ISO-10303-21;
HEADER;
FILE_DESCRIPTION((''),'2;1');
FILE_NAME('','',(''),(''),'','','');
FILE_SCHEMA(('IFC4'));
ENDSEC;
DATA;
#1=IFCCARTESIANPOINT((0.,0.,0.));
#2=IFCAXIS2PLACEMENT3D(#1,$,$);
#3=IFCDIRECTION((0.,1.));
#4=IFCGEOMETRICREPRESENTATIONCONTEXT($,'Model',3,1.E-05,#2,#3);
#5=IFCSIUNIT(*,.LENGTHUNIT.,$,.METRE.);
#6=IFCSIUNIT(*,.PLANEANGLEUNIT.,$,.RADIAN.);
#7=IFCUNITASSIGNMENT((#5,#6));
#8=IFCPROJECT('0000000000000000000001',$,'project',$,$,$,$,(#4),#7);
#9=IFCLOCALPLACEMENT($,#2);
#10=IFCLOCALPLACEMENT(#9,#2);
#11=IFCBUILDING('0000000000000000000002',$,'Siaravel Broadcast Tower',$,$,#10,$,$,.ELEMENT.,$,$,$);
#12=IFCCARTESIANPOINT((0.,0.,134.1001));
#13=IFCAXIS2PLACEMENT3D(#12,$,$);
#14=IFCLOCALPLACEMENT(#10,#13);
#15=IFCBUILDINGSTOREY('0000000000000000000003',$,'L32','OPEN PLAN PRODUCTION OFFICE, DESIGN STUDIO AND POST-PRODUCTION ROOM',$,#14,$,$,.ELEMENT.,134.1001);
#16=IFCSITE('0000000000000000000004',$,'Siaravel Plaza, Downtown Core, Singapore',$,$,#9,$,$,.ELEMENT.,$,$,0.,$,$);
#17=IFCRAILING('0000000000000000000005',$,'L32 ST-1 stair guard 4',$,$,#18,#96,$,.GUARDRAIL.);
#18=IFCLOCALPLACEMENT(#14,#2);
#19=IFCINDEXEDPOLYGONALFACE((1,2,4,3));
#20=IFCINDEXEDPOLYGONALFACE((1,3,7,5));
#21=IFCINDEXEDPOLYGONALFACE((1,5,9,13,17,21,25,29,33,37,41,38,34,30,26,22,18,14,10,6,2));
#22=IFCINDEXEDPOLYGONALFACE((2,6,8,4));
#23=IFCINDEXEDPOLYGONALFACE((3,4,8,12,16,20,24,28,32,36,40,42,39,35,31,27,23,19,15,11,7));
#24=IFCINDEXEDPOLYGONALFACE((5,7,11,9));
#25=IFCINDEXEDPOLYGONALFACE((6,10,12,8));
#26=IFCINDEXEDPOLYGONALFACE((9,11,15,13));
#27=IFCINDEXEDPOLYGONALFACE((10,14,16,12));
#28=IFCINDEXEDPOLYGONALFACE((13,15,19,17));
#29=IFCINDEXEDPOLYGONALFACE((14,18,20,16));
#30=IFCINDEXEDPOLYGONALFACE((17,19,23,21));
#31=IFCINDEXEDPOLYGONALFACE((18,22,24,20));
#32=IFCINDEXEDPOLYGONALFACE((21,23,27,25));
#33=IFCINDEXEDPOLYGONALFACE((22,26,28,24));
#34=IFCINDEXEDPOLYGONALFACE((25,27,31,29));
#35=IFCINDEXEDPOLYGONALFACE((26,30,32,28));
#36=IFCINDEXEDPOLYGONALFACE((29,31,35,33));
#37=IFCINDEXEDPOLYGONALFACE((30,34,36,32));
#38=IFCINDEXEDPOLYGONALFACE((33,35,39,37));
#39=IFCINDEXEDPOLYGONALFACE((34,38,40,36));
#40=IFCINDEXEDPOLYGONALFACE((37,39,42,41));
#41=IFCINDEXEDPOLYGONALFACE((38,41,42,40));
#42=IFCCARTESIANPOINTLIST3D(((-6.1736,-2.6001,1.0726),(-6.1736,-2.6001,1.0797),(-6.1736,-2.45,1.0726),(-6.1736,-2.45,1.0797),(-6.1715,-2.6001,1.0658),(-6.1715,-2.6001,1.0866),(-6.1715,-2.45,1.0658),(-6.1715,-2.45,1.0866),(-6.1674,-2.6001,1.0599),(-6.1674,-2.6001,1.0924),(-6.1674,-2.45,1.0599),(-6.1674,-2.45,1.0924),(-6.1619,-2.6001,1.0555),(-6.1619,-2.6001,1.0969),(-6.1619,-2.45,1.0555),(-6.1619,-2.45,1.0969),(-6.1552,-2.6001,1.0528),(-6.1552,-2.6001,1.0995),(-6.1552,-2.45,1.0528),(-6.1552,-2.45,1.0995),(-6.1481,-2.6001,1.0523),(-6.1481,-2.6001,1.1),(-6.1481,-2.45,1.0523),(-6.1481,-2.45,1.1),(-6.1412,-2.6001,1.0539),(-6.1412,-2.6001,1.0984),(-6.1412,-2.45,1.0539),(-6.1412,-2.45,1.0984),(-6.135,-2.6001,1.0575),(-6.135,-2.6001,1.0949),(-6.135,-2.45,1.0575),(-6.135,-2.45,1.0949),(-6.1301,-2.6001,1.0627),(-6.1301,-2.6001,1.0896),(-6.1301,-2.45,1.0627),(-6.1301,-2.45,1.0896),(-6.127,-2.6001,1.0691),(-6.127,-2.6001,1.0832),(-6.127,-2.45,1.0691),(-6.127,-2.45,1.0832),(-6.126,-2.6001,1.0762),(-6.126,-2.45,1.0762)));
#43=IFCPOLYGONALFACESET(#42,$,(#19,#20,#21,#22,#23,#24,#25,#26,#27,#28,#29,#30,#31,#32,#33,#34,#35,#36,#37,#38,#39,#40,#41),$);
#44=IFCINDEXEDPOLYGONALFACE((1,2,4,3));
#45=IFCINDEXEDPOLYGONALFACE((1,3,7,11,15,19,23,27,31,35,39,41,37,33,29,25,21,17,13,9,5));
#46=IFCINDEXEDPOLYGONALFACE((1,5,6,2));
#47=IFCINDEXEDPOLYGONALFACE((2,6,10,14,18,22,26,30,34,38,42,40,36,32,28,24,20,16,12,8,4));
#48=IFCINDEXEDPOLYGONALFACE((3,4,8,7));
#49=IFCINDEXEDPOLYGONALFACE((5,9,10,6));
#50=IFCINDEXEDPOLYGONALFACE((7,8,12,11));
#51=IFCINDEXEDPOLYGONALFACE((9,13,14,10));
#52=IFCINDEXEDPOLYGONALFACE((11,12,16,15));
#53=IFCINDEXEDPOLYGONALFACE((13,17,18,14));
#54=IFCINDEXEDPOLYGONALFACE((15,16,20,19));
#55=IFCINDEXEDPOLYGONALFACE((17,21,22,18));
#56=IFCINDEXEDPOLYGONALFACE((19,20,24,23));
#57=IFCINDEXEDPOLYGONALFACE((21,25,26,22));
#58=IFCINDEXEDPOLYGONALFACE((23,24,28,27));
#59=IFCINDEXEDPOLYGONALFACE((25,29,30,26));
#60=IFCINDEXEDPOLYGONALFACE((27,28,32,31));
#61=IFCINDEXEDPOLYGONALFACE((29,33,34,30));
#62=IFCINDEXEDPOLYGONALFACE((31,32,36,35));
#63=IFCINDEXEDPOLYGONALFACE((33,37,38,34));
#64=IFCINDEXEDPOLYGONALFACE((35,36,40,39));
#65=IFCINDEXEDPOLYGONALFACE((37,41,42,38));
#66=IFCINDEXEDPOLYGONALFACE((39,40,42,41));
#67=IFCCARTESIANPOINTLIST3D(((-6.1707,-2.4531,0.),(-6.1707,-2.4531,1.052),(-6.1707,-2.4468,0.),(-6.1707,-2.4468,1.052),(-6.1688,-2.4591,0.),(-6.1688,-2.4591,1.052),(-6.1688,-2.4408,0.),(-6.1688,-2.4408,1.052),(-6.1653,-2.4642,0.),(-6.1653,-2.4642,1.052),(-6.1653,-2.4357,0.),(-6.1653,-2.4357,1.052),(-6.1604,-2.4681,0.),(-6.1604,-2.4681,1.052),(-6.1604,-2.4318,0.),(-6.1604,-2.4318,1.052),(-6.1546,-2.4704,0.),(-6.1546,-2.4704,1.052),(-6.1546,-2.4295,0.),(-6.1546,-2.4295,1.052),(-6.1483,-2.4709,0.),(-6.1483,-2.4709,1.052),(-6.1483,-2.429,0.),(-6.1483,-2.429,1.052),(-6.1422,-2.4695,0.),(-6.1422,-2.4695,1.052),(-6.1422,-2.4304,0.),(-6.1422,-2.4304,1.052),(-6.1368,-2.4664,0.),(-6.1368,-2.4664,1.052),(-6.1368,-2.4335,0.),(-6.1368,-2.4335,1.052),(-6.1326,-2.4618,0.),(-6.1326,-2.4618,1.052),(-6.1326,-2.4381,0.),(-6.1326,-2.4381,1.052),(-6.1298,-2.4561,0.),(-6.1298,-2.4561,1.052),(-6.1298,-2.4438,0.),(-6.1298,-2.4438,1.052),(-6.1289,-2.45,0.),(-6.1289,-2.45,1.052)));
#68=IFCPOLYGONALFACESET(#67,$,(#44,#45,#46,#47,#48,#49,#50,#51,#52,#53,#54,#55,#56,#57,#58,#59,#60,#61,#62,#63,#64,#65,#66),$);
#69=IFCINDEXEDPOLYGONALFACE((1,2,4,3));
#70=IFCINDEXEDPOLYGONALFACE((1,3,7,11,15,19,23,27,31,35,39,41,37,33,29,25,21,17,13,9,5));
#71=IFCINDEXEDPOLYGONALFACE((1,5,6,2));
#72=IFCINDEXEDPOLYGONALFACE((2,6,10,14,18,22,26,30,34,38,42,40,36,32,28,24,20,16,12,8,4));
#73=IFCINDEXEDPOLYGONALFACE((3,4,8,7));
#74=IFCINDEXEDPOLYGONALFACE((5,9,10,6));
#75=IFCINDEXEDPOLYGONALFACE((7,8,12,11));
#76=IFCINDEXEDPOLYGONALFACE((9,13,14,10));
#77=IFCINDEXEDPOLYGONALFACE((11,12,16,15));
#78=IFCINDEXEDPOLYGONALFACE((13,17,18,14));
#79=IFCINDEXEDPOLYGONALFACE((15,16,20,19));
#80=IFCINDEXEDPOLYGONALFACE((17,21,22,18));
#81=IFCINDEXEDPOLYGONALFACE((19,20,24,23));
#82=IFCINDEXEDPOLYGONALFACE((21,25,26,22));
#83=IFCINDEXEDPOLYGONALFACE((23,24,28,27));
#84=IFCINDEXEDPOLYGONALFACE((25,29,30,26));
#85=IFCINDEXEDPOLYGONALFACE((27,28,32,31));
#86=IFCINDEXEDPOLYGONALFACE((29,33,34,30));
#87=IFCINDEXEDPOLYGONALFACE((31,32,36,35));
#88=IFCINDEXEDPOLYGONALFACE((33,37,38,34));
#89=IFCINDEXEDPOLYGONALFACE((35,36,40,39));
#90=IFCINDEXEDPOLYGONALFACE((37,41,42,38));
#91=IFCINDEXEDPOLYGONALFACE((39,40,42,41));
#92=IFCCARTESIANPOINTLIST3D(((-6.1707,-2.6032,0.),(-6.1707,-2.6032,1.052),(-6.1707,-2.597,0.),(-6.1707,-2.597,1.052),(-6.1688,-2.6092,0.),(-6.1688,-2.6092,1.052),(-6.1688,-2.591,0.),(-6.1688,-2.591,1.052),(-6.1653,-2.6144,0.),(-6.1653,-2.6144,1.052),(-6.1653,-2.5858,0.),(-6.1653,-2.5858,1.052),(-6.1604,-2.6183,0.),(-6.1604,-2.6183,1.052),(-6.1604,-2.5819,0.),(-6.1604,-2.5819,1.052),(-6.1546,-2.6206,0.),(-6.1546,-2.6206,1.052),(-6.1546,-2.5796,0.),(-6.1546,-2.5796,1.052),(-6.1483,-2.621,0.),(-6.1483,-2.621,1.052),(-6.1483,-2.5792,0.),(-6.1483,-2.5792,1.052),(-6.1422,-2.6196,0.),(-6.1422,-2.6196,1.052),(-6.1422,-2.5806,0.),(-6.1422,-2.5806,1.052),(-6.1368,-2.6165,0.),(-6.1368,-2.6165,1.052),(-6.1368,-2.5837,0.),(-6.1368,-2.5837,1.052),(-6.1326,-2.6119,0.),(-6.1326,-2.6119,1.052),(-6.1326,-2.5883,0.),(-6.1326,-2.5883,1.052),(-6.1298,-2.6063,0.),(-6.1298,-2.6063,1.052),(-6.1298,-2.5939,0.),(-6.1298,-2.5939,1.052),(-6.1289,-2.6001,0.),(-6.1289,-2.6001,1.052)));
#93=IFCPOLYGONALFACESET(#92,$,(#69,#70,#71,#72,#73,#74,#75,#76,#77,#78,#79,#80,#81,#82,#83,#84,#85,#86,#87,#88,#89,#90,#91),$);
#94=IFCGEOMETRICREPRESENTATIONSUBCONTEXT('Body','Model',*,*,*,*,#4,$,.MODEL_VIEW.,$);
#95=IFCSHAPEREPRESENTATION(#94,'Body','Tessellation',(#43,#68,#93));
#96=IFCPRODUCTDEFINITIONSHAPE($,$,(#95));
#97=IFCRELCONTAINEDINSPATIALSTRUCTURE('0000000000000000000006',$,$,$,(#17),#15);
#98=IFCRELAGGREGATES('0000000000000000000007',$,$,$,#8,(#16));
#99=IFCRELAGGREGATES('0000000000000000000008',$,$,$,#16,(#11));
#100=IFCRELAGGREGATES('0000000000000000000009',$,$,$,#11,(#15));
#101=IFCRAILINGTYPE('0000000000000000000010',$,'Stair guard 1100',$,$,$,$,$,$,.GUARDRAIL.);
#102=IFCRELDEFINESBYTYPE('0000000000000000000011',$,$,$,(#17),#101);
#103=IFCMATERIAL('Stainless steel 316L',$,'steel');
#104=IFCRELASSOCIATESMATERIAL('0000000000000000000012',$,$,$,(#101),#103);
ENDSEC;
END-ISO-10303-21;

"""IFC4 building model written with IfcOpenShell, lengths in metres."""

from ifc_helpers import new_model, si_unit, direction, frame, origin, origin_2d, place, context, subcontext, project, spatial, circle, extrude, material, type_object, element, save


model = new_model("IFC4")

# Units and contexts
model_context = context("Model", 3, precision=1e-05, world=origin(), true_north=direction((0.0, 1.0)))
body_context = subcontext(model_context, "Body", "Model", "MODEL_VIEW")
ifc_project = project(units=[si_unit("LENGTHUNIT", "METRE"), si_unit("PLANEANGLEUNIT", "RADIAN")], contexts=[model_context])

# Site, building, storey
site_placement = place(None, origin())
site = spatial("IfcSite", under=ifc_project, at=site_placement, Name="Siaravel Plaza, Downtown Core, Singapore", CompositionType="ELEMENT", RefElevation=0.0)
building_placement = place(site_placement, origin())
building = spatial("IfcBuilding", under=site, at=building_placement, Name="Siaravel Broadcast Tower", CompositionType="ELEMENT")
storey_placement = place(building_placement, frame((0.0, 0.0, 134.1001)))
storey = spatial("IfcBuildingStorey", under=building, at=storey_placement, Name="L32", Description="OPEN PLAN PRODUCTION OFFICE, DESIGN STUDIO AND POST-PRODUCTION ROOM", CompositionType="ELEMENT", Elevation=134.1001)

# Railing
ifc_material_1 = material(Name="Stainless steel 316L", Category="steel")
railing_type = type_object("IfcRailingType", Name="Stair guard 1100", PredefinedType="GUARDRAIL", material=ifc_material_1)
railing_1_placement = place(storey_placement, frame((-6.1499, -2.45, 0.0)))
element("IfcRailing", 1, at=railing_1_placement, inside=storey, type_object=railing_type, Name="L32 ST-1 stair guard 4", PredefinedType="GUARDRAIL", context=body_context, shape_type="SweptSolid", body=[
    extrude(circle(Radius=0.0239, at=origin_2d()), frame((0.0, 0.0, 1.0762), z_axis=(0.0, -1.0, 0.0), x_axis=(1.0, 0.0, 0.0)), (0.0, 0.0, 1.0), 0.1501),
    extrude(circle(Radius=0.021, at=origin_2d()), origin(), (0.0, 0.0, 1.0), 1.052),
    extrude(circle(Radius=0.021, at=origin_2d()), frame((0.0, -0.1501, 0.0)), (0.0, 0.0, 1.0), 1.052),
])

save(model, "model.ifc")
